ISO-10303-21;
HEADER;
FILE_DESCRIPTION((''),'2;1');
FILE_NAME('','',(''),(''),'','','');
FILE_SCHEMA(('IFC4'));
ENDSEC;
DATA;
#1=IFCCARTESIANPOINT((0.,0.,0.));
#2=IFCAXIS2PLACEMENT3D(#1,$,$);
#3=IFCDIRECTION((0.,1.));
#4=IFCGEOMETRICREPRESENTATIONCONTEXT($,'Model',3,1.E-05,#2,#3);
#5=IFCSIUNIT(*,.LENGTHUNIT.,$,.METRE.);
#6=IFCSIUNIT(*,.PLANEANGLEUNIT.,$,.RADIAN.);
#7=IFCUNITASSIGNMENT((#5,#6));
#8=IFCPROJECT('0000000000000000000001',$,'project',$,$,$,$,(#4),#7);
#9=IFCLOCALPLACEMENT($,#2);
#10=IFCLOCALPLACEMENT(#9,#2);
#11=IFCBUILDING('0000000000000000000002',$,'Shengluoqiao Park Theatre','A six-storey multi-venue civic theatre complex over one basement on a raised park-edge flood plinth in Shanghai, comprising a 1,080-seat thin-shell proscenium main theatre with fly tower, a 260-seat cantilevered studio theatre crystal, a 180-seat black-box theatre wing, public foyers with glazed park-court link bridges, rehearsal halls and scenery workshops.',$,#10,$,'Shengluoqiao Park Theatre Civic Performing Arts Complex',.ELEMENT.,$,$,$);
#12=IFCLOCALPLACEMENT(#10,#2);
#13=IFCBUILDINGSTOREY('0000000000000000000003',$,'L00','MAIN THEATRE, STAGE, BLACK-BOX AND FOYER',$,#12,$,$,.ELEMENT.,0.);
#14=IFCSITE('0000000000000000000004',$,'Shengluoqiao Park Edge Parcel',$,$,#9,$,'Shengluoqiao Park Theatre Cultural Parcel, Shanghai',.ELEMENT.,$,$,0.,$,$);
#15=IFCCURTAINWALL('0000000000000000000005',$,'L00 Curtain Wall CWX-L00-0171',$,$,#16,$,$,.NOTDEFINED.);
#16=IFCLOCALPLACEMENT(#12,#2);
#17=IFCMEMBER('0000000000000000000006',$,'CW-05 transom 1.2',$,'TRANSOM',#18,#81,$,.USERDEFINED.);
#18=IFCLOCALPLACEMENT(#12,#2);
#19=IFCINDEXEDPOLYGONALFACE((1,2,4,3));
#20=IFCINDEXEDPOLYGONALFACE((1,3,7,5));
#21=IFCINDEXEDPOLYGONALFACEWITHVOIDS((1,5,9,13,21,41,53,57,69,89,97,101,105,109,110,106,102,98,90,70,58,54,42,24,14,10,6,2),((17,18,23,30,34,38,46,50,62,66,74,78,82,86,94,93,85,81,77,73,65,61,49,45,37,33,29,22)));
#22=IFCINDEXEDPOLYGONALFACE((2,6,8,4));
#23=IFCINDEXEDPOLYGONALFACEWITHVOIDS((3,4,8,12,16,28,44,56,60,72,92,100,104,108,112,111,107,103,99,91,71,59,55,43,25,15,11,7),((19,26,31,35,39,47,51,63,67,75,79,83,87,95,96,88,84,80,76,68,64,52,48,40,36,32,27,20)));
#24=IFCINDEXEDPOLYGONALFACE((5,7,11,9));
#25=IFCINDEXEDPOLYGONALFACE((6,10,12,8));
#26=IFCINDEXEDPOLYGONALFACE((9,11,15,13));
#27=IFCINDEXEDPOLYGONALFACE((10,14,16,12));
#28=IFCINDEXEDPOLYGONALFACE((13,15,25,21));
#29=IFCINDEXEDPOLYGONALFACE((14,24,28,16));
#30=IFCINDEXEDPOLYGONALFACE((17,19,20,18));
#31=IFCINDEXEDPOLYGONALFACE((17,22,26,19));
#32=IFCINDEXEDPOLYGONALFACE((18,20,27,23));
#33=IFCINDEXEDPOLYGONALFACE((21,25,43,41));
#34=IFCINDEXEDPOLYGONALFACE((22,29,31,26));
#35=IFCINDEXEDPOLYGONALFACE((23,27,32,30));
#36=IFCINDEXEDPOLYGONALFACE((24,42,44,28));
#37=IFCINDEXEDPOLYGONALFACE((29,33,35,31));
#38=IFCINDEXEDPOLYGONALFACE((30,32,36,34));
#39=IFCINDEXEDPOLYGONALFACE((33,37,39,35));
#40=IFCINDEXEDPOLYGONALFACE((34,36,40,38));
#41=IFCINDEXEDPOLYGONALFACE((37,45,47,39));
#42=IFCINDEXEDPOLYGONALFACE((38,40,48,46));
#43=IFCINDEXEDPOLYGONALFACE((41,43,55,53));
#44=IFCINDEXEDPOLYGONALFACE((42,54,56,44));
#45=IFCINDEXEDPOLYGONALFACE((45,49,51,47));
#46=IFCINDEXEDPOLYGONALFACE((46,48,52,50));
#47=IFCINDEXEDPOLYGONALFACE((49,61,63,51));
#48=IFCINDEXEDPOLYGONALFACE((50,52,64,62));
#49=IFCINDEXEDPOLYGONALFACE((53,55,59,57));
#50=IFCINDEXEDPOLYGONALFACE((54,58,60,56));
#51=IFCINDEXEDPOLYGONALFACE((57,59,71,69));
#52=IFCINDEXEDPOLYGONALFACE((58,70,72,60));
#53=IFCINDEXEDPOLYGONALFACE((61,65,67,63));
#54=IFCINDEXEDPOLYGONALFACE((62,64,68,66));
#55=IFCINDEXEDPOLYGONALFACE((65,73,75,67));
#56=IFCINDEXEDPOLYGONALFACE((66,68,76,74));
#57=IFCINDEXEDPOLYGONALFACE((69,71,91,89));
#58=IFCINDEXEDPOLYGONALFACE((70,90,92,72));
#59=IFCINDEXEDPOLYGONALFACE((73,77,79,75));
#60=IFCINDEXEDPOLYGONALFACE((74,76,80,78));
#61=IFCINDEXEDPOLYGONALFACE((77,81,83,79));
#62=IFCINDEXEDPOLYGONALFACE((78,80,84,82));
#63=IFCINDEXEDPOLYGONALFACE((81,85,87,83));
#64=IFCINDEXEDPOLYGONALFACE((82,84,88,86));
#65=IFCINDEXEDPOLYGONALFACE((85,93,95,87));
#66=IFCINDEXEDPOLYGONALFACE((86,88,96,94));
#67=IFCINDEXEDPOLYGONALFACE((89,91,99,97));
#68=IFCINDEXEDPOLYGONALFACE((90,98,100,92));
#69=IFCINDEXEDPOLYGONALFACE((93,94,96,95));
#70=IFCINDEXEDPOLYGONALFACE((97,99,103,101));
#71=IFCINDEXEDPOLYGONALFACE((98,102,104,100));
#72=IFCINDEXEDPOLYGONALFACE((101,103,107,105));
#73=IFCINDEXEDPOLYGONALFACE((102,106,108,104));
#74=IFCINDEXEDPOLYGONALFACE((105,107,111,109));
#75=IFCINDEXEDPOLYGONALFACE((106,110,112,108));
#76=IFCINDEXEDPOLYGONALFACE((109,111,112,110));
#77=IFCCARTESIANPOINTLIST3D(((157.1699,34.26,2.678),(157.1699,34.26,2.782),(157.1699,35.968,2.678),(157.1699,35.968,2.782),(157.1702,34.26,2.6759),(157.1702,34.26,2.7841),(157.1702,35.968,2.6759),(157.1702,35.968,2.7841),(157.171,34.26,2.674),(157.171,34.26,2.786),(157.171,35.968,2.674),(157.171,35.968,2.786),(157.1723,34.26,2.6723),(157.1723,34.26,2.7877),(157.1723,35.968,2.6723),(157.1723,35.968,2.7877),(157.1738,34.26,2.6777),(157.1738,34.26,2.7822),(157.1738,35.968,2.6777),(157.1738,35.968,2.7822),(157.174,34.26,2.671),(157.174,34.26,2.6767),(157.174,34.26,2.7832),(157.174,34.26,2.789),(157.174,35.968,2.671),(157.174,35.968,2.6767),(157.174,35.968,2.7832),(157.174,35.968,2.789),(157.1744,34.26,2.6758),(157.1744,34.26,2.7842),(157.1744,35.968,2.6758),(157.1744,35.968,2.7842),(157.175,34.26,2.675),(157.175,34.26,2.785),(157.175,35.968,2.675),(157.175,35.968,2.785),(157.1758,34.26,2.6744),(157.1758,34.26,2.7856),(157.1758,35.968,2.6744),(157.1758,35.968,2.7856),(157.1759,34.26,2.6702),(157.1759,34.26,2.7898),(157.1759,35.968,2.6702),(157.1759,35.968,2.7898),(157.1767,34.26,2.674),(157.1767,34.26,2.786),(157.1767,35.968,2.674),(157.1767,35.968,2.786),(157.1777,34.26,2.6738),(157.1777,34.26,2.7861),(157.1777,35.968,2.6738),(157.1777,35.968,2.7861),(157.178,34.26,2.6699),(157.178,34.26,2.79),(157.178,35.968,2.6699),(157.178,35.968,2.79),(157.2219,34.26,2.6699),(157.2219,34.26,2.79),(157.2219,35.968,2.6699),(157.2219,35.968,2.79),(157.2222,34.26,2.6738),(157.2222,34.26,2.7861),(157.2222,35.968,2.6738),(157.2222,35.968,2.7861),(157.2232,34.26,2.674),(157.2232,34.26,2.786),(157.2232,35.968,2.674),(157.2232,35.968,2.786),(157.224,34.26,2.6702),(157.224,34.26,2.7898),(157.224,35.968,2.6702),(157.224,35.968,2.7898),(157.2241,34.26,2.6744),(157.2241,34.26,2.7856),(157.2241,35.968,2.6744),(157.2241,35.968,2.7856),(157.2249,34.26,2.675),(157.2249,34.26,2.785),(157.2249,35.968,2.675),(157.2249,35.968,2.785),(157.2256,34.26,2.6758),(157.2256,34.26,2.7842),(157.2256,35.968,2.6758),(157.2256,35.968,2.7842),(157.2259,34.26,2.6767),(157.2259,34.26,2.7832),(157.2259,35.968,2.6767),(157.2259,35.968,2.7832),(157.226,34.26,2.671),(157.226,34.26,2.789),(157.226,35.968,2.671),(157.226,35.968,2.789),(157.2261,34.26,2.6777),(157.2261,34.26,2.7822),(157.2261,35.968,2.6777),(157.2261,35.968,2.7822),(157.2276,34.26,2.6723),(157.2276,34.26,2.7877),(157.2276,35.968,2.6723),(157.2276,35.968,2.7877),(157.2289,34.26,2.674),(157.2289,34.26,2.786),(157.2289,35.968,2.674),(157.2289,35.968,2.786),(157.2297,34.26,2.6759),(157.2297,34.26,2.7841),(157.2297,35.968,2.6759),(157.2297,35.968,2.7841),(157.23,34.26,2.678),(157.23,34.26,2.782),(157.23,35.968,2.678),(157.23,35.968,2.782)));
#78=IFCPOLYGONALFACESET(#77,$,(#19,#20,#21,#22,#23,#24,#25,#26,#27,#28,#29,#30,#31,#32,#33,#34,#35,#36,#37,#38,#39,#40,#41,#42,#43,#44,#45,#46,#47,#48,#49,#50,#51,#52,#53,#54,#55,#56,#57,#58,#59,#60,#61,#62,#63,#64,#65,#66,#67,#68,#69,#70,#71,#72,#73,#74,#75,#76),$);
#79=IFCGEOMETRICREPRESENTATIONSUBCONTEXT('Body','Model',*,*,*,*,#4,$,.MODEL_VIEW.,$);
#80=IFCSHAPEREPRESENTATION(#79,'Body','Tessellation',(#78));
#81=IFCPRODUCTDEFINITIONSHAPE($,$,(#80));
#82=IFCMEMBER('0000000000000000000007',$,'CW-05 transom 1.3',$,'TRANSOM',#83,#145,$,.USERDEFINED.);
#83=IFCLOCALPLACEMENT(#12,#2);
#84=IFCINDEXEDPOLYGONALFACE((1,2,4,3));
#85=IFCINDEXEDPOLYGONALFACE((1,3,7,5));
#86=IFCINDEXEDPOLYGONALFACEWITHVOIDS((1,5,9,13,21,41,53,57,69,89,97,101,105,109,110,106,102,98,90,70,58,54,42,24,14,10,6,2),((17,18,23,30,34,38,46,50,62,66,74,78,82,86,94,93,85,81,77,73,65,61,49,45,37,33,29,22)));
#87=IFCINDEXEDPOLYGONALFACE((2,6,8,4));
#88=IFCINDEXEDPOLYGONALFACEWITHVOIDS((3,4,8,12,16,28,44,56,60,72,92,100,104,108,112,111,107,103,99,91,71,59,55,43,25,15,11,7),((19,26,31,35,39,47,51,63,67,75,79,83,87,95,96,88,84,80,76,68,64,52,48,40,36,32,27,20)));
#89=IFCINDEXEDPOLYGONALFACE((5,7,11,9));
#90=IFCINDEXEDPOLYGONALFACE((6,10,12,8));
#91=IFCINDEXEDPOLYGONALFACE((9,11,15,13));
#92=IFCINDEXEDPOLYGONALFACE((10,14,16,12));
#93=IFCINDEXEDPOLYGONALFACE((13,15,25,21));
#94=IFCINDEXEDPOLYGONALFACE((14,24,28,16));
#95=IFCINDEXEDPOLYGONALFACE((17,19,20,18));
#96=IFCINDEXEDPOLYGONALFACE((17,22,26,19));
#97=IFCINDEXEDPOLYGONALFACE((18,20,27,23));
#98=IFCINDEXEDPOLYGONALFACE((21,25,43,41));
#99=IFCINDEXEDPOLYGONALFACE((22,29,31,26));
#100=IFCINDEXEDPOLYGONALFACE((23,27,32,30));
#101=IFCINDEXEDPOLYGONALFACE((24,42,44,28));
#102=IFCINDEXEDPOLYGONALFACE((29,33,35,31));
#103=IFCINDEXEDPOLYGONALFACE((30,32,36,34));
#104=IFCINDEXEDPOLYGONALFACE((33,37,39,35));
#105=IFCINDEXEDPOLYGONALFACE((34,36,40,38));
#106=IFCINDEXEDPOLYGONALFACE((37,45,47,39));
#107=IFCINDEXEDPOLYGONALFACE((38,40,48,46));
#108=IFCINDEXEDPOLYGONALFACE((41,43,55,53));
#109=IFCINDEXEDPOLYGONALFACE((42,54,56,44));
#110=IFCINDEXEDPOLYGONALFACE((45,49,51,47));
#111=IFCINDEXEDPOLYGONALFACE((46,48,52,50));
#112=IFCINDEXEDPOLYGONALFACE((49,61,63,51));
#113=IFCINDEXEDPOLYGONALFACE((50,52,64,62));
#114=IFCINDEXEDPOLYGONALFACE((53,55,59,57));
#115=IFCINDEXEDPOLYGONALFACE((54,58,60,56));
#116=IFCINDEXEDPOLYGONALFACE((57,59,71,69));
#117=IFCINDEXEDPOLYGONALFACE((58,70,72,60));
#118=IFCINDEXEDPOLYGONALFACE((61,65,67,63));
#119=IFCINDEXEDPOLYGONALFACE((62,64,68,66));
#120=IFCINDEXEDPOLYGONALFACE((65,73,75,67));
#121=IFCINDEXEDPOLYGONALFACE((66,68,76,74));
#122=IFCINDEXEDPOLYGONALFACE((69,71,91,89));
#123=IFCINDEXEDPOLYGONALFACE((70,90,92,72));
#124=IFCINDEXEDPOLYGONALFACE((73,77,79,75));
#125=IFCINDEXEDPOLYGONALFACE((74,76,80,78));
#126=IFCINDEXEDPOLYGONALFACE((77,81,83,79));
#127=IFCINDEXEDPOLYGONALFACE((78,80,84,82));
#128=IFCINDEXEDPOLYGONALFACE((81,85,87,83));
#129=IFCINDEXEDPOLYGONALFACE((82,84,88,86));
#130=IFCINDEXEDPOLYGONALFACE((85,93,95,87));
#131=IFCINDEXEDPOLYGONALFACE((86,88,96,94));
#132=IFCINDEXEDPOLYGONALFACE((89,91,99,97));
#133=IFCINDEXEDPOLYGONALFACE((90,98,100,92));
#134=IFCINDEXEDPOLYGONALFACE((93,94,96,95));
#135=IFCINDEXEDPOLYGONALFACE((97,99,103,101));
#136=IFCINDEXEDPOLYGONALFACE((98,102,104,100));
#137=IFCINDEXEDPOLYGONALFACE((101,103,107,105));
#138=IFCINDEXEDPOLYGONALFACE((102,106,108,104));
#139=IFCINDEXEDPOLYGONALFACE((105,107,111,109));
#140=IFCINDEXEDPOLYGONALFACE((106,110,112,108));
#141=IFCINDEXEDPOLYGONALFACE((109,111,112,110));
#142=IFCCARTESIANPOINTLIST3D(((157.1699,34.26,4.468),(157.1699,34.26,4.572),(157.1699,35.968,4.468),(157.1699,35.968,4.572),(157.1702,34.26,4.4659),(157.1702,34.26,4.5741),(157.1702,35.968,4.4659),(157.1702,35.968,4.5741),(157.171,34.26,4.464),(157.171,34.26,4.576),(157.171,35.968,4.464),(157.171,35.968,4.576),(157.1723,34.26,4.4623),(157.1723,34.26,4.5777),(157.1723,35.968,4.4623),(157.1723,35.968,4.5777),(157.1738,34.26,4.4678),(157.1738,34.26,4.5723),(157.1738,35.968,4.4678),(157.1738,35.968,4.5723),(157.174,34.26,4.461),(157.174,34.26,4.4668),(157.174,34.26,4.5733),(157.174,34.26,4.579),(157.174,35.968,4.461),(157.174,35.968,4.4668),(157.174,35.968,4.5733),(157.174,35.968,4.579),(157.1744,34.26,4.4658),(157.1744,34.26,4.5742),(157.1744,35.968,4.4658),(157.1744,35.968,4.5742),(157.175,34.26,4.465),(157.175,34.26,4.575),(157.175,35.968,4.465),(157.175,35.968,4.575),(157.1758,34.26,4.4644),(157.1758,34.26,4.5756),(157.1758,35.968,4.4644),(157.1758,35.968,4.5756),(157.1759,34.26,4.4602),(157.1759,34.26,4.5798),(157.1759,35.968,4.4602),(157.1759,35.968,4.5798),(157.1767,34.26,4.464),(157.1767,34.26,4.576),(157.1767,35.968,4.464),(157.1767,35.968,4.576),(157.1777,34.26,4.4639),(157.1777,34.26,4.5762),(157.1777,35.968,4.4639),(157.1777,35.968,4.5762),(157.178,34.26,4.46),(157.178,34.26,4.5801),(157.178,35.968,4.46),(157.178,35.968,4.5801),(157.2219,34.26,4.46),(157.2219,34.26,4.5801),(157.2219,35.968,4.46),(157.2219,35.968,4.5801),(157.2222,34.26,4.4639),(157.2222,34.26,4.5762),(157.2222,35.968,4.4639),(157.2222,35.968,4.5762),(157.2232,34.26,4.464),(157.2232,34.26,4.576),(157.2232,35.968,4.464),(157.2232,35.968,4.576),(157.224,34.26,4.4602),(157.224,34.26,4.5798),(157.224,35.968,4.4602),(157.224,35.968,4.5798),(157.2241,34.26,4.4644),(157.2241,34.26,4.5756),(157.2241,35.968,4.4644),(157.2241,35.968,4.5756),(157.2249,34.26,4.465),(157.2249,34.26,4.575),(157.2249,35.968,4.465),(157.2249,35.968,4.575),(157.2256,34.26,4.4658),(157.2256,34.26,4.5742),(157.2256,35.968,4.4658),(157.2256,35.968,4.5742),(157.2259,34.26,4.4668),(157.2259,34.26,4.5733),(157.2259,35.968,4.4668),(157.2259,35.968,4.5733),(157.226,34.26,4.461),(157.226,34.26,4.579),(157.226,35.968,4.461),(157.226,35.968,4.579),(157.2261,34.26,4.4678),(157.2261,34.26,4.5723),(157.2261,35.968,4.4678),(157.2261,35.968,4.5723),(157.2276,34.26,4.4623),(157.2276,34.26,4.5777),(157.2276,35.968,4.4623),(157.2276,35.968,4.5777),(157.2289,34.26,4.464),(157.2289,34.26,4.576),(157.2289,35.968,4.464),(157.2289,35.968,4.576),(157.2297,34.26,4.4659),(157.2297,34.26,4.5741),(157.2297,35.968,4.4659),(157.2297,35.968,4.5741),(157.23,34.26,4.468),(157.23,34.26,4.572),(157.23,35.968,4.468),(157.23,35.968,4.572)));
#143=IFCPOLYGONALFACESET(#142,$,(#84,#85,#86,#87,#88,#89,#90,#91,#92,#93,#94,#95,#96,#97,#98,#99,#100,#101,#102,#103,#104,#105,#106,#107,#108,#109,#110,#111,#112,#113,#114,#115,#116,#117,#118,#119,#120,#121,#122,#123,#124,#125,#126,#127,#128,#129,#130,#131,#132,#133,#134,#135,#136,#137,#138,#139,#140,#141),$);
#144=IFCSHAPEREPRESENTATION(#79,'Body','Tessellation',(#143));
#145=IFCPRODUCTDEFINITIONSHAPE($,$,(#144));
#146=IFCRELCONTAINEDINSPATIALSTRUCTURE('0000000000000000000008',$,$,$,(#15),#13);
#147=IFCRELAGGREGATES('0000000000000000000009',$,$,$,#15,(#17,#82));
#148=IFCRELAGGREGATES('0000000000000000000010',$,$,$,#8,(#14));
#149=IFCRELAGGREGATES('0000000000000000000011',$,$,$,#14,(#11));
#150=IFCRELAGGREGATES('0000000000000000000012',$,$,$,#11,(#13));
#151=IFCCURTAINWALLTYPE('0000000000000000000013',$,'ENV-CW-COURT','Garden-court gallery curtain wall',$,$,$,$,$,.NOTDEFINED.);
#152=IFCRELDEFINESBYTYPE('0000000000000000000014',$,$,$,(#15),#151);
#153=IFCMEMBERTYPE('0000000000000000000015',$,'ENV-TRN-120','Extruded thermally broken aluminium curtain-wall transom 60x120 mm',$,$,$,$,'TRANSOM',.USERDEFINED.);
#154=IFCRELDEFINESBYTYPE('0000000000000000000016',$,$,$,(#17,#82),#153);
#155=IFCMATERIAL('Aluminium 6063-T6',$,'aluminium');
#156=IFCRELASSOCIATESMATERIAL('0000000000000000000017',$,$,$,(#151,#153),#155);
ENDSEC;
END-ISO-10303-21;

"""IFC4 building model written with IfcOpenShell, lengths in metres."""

from ifc_helpers import new_model, si_unit, direction, frame, origin, origin_2d, place, context, subcontext, project, spatial, hollow_rectangle, extrude, material, material_profile, profile_set, type_object, element, aggregate, save


model = new_model("IFC4")

# Units and contexts
model_context = context("Model", 3, precision=1e-05, world=origin(), true_north=direction((0.0, 1.0)))
body_context = subcontext(model_context, "Body", "Model", "MODEL_VIEW")
ifc_project = project(units=[si_unit("LENGTHUNIT", "METRE"), si_unit("PLANEANGLEUNIT", "RADIAN")], contexts=[model_context])

# Site, building, storey
site_placement = place(None, origin())
site = spatial("IfcSite", under=ifc_project, at=site_placement, Name="Shengluoqiao Park Edge Parcel", LongName="Shengluoqiao Park Theatre Cultural Parcel, Shanghai", CompositionType="ELEMENT", RefElevation=0.0)
building_placement = place(site_placement, origin())
building = spatial("IfcBuilding", under=site, at=building_placement, Name="Shengluoqiao Park Theatre", Description="A six-storey multi-venue civic theatre complex over one basement on a raised park-edge flood plinth in Shanghai, comprising a 1,080-seat thin-shell proscenium main theatre with fly tower, a 260-seat cantilevered studio theatre crystal, a 180-seat black-box theatre wing, public foyers with glazed park-court link bridges, rehearsal halls and scenery workshops.", LongName="Shengluoqiao Park Theatre Civic Performing Arts Complex", CompositionType="ELEMENT")
storey_placement = place(building_placement, origin())
storey = spatial("IfcBuildingStorey", under=building, at=storey_placement, Name="L00", Description="MAIN THEATRE, STAGE, BLACK-BOX AND FOYER", CompositionType="ELEMENT", Elevation=0.0)

# Shared definitions
ifc_material_1 = material(Name="Aluminium 6063-T6", Category="aluminium")
curtain_wall_type = type_object("IfcCurtainWallType", Name="ENV-CW-COURT", Description="Garden-court gallery curtain wall", PredefinedType="NOTDEFINED", material=ifc_material_1)

# Curtain wall
curtain_wall_1_placement = place(storey_placement, origin())
curtain_wall_1 = element("IfcCurtainWall", 1, at=curtain_wall_1_placement, inside=storey, type_object=curtain_wall_type, Name="L00 Curtain Wall CWX-L00-0171", PredefinedType="NOTDEFINED")

# Members
ifc_material_profile_1 = material_profile(ifc_material_1, hollow_rectangle(XDim=0.0601, YDim=0.1201, WallThickness=0.0039, InnerFilletRadius=0.0039, OuterFilletRadius=0.0081, at=origin_2d()), Name="ALU TRANSOM 120x60x4")
ifc_profile_set_1 = profile_set([ifc_material_profile_1], Name="Aluminium 6063-T6")
member_type_1 = type_object("IfcMemberType", Name="ENV-TRN-120", Description="Extruded thermally broken aluminium curtain-wall transom 60x120 mm", ElementType="TRANSOM", PredefinedType="USERDEFINED", material=ifc_profile_set_1)
member_1_placement = place(storey_placement, frame((157.2, 34.26, 2.73), z_axis=(0.0, 1.0, 0.0), x_axis=(-1.0, 0.0, 0.0)))
member_1 = element("IfcMember", 2, at=member_1_placement, type_object=member_type_1, Name="CW-05 transom 1.2", ObjectType="TRANSOM", PredefinedType="USERDEFINED", context=body_context, shape_type="SweptSolid", body=[
    extrude(hollow_rectangle(XDim=0.0601, YDim=0.1201, WallThickness=0.0039, InnerFilletRadius=0.0039, OuterFilletRadius=0.0081, at=origin_2d()), origin(), (0.0, 0.0, 1.0), 1.708),
])
member_2_placement = place(storey_placement, frame((157.2, 34.26, 4.52), z_axis=(0.0, 1.0, 0.0), x_axis=(-1.0, 0.0, 0.0)))
member_2 = element("IfcMember", 3, at=member_2_placement, type_object=member_type_1, Name="CW-05 transom 1.3", ObjectType="TRANSOM", PredefinedType="USERDEFINED", context=body_context, shape_type="SweptSolid", body=[
    extrude(hollow_rectangle(XDim=0.0601, YDim=0.1201, WallThickness=0.0039, InnerFilletRadius=0.0039, OuterFilletRadius=0.0081, at=origin_2d()), origin(), (0.0, 0.0, 1.0), 1.708),
])

aggregate(curtain_wall_1, [member_1, member_2])

save(model, "model.ifc")
